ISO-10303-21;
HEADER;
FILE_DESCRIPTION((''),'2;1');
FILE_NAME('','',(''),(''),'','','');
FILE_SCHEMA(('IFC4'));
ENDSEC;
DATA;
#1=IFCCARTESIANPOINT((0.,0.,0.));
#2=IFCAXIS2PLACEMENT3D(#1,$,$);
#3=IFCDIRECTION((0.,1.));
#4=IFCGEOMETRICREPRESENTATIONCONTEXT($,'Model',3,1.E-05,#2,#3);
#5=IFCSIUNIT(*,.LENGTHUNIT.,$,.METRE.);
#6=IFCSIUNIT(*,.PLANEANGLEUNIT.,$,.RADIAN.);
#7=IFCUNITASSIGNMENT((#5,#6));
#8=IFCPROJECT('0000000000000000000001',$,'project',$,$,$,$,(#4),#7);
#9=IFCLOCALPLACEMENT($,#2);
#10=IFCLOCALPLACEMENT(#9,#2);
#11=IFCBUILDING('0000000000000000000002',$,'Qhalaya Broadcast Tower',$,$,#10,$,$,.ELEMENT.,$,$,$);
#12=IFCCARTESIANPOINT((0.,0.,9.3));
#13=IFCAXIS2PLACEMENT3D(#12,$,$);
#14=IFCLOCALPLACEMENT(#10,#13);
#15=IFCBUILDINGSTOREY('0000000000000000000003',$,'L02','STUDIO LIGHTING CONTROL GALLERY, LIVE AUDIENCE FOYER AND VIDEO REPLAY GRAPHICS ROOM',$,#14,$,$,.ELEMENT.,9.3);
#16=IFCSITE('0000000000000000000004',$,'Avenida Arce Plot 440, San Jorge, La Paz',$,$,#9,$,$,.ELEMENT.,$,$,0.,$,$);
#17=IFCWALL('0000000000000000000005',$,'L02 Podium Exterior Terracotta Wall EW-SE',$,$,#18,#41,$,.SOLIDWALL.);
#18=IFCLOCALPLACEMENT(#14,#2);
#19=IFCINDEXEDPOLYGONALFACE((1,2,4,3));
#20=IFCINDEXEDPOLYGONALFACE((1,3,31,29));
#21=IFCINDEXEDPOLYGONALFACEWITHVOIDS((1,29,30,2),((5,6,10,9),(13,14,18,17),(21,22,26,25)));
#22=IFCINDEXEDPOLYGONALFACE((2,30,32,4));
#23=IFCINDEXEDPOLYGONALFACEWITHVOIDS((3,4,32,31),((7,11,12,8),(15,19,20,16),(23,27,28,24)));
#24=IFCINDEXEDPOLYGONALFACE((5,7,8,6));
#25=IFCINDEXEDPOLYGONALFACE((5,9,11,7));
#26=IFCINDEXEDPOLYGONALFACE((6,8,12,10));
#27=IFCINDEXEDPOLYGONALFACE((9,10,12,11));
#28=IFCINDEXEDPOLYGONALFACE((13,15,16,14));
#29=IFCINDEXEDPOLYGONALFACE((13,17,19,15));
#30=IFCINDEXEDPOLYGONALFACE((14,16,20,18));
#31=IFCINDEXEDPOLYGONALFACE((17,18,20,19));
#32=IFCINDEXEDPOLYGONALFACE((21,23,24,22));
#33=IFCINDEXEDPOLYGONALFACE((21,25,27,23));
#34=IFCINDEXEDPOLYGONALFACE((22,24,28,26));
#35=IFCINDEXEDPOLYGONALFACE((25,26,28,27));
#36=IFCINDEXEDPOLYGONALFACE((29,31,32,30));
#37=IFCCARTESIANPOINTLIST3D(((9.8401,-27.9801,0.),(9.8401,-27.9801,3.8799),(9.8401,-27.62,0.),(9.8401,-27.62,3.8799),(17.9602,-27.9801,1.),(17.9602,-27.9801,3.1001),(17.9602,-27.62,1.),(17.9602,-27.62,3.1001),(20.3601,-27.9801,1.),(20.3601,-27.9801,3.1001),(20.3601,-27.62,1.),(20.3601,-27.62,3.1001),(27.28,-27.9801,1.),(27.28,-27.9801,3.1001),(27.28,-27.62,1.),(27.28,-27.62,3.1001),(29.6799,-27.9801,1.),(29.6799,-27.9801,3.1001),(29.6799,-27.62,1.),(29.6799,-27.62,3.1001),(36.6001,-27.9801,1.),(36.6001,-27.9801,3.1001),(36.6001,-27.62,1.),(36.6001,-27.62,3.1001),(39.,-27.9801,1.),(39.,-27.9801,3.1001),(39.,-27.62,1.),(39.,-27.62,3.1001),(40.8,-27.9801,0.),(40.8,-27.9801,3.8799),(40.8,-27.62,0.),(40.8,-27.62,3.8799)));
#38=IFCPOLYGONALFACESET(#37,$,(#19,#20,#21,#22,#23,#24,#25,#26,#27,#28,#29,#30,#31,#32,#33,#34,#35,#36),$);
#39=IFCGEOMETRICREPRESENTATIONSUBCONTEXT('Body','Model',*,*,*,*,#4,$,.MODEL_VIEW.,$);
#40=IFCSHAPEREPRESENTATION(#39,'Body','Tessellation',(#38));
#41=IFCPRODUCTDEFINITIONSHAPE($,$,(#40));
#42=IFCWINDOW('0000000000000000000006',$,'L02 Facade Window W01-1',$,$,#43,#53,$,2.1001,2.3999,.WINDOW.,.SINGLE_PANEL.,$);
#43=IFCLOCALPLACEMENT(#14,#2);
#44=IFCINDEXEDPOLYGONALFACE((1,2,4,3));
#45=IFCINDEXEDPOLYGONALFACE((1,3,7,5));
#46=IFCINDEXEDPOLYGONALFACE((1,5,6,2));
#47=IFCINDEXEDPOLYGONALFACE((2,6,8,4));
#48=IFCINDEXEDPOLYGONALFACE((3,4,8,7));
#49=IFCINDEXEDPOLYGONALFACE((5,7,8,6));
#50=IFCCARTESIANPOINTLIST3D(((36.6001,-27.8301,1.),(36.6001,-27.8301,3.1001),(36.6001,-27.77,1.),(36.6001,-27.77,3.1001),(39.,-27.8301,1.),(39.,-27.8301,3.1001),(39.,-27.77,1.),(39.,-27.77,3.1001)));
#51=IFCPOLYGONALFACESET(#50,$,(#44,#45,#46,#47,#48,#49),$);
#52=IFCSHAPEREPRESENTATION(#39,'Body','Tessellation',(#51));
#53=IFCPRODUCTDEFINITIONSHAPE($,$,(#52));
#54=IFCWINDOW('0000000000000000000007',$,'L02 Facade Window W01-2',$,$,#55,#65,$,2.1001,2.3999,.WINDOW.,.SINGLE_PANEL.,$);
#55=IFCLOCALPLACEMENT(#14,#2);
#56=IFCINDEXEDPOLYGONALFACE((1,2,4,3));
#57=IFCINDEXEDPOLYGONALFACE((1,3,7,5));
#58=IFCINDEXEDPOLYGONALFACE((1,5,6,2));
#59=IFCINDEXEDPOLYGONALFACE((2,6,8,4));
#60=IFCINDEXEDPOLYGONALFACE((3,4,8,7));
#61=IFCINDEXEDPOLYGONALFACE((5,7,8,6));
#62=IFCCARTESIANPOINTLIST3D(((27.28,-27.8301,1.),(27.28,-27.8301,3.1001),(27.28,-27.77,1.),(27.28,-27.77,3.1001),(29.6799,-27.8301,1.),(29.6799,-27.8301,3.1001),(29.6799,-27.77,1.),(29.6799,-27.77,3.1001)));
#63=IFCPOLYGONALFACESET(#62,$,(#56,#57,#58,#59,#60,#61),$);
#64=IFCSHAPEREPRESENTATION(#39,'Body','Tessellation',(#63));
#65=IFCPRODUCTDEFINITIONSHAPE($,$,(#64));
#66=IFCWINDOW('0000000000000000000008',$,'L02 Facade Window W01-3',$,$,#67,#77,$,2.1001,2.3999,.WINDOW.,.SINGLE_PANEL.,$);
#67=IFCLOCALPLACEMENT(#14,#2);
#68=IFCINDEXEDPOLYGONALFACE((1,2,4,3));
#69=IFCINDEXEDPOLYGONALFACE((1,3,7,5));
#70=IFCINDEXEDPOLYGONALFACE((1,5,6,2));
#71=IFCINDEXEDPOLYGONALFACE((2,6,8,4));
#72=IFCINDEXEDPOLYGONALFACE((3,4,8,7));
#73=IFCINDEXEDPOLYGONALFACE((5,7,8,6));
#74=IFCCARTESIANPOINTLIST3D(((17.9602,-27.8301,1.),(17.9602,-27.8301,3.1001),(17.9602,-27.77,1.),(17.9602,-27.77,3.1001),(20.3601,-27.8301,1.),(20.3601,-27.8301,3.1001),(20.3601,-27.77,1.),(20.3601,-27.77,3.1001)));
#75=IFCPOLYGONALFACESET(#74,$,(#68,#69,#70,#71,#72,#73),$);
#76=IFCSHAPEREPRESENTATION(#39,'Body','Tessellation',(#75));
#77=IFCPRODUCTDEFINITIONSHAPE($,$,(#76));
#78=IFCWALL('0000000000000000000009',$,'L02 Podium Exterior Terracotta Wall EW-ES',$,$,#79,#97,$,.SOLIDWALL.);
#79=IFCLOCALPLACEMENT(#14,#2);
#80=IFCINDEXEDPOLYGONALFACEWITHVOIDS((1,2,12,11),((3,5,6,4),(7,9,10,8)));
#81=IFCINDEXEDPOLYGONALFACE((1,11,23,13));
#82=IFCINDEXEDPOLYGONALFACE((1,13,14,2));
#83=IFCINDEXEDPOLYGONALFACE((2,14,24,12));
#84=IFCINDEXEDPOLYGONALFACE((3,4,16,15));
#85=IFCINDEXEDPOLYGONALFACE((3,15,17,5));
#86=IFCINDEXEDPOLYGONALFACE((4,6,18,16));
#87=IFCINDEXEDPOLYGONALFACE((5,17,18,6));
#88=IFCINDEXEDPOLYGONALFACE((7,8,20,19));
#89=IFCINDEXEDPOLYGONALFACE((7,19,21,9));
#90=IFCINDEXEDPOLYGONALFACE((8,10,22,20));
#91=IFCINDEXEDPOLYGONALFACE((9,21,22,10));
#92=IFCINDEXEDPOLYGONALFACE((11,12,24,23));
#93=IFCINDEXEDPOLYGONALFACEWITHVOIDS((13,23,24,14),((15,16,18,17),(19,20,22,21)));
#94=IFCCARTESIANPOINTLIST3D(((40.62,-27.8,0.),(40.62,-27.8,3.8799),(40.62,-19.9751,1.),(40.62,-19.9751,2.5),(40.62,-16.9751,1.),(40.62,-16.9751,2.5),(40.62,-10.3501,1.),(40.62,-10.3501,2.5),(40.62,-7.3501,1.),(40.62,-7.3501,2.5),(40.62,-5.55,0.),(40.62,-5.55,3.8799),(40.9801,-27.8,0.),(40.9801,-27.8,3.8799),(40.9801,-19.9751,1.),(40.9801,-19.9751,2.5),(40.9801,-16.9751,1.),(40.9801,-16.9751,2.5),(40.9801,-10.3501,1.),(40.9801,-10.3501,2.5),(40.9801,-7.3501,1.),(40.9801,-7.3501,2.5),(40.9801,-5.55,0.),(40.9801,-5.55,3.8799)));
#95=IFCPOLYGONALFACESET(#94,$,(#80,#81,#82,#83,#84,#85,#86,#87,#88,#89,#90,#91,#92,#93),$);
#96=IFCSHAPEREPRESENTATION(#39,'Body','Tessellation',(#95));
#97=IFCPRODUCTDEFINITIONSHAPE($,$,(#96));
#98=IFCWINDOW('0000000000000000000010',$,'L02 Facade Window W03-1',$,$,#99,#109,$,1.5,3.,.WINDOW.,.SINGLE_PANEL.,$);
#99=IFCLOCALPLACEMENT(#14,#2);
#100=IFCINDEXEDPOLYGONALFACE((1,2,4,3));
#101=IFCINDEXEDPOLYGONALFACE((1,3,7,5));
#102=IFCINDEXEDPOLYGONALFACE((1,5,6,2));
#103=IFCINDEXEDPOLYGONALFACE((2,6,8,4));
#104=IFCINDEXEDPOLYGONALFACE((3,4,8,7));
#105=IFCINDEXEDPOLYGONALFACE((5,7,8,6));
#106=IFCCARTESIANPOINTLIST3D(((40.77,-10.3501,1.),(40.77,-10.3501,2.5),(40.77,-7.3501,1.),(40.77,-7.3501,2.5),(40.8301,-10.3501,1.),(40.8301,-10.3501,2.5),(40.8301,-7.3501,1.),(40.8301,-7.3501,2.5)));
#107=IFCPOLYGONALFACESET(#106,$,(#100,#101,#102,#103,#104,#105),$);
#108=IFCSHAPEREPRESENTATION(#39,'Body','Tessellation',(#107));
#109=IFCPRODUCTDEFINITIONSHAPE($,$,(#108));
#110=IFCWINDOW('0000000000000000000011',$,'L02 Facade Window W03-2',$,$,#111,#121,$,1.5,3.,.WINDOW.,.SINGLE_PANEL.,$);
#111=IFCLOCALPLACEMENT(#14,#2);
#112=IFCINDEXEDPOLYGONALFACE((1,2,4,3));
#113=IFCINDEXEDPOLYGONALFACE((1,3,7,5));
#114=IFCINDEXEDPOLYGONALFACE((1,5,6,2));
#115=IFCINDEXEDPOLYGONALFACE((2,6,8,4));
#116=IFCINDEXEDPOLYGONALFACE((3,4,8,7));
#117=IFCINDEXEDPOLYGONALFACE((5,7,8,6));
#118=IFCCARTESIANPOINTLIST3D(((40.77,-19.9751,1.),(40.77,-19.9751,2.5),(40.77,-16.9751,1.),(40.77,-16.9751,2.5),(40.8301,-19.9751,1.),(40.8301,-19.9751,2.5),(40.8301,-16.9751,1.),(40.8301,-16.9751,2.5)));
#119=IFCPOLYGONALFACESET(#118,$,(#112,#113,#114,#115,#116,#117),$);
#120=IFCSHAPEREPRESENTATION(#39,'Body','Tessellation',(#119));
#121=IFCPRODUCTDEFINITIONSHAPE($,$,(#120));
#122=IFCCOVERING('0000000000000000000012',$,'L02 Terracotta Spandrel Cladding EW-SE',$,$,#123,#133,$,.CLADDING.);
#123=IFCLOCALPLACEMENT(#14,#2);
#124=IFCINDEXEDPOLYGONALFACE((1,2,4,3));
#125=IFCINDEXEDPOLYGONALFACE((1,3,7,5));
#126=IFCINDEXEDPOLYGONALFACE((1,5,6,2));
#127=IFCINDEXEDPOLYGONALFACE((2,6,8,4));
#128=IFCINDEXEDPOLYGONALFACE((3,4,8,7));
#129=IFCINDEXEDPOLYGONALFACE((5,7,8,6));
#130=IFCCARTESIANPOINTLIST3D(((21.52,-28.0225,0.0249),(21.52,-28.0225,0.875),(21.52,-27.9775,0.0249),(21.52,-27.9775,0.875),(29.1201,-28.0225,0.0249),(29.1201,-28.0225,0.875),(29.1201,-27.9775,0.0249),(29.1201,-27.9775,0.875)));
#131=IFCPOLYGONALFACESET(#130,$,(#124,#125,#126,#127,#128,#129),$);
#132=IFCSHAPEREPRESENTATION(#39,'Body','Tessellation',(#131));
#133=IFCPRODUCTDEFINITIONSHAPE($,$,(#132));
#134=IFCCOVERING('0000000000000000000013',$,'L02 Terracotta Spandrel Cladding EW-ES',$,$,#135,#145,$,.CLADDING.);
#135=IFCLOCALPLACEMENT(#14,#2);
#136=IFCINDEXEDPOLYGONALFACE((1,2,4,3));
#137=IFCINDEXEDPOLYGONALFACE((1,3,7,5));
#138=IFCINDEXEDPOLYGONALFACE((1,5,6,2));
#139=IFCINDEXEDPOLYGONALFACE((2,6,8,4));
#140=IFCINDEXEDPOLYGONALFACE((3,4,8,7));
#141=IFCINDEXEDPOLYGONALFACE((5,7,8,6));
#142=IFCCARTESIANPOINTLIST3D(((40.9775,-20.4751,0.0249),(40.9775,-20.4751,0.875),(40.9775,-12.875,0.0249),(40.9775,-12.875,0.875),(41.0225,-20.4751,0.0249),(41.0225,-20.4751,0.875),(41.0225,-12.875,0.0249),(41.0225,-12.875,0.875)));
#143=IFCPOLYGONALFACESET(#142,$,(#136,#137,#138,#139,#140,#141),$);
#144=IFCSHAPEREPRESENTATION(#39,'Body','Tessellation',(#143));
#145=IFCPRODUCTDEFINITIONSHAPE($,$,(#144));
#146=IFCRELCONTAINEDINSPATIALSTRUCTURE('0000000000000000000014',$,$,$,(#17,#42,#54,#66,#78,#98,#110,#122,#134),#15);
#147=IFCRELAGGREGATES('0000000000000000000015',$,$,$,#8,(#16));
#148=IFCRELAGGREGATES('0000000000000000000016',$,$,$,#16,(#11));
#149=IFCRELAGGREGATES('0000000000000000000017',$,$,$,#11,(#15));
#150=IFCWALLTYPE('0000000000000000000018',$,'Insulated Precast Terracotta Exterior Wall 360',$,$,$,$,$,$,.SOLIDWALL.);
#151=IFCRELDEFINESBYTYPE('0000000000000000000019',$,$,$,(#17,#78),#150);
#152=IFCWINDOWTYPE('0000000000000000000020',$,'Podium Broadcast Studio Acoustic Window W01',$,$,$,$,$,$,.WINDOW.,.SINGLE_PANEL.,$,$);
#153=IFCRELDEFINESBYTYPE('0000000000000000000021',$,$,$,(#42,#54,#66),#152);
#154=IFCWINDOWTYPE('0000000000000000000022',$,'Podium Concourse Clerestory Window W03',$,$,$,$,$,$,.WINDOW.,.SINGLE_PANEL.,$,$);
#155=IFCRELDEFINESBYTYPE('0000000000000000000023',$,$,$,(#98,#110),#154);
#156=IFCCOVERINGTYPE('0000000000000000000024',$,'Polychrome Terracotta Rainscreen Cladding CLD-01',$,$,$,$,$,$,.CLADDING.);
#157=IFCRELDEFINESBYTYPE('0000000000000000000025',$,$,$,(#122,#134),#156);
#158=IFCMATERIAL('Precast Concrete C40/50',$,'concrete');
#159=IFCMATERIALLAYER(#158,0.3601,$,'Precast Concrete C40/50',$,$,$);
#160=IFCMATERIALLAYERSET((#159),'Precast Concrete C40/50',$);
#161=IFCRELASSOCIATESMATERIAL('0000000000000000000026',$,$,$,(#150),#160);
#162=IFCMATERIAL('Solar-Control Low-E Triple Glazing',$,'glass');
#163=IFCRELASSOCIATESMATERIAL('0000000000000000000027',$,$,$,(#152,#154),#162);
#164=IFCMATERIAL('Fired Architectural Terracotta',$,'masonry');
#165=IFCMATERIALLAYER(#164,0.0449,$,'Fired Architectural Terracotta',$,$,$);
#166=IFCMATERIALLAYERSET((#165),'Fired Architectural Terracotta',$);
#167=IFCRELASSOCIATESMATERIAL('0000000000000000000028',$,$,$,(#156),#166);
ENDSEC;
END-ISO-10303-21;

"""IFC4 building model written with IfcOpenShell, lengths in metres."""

from ifc_helpers import new_model, si_unit, direction, frame, frame_2d, origin, origin_2d, place, context, subcontext, project, spatial, rectangle, extrude, material, layer, layer_set, type_object, element, fill, save


model = new_model("IFC4")

# Units and contexts
model_context = context("Model", 3, precision=1e-05, world=origin(), true_north=direction((0.0, 1.0)))
body_context = subcontext(model_context, "Body", "Model", "MODEL_VIEW")
ifc_project = project(units=[si_unit("LENGTHUNIT", "METRE"), si_unit("PLANEANGLEUNIT", "RADIAN")], contexts=[model_context])

# Site, building, storey
site_placement = place(None, origin())
site = spatial("IfcSite", under=ifc_project, at=site_placement, Name="Avenida Arce Plot 440, San Jorge, La Paz", CompositionType="ELEMENT", RefElevation=0.0)
building_placement = place(site_placement, origin())
building = spatial("IfcBuilding", under=site, at=building_placement, Name="Qhalaya Broadcast Tower", CompositionType="ELEMENT")
storey_placement = place(building_placement, frame((0.0, 0.0, 9.3)))
storey = spatial("IfcBuildingStorey", under=building, at=storey_placement, Name="L02", Description="STUDIO LIGHTING CONTROL GALLERY, LIVE AUDIENCE FOYER AND VIDEO REPLAY GRAPHICS ROOM", CompositionType="ELEMENT", Elevation=9.3)

# Walls, openings, windows
ifc_material_1 = material(Name="Precast Concrete C40/50", Category="concrete")
ifc_layer_1 = layer(ifc_material_1, 0.3601, Name="Precast Concrete C40/50")
ifc_layer_set_1 = layer_set([ifc_layer_1], Name="Precast Concrete C40/50")
wall_type_1 = type_object("IfcWallType", Name="Insulated Precast Terracotta Exterior Wall 360", PredefinedType="SOLIDWALL", material=ifc_layer_set_1)
wall_1_placement = place(storey_placement, frame((40.8, -27.8, 0.0), z_axis=(0.0, 0.0, 1.0), x_axis=(-1.0, 0.0, 0.0)))
wall_1 = element("IfcWall", 1, at=wall_1_placement, inside=storey, type_object=wall_type_1, Name="L02 Podium Exterior Terracotta Wall EW-SE", PredefinedType="SOLIDWALL", context=body_context, shape_type="SweptSolid", body=[
    extrude(rectangle(XDim=30.96, YDim=0.3601, at=frame_2d((15.48, 0.0))), origin(), (0.0, 0.0, 1.0), 3.8799),
])
opening_1_placement = place(wall_1_placement, frame((1.8, 0.0, 1.0)))
opening_1 = element("IfcOpeningElement", 2, at=opening_1_placement, cuts=wall_1, PredefinedType="OPENING", context=body_context, shape_type="SweptSolid", body=[
    extrude(rectangle(XDim=2.3999, YDim=2.1001, at=frame_2d((1.2, 1.05))), frame((0.0, 0.1921, 0.0), z_axis=(0.0, -1.0, 0.0), x_axis=(1.0, 0.0, 0.0)), (0.0, 0.0, 1.0), 0.384),
])
opening_2_placement = place(wall_1_placement, frame((11.1201, 0.0, 1.0)))
opening_2 = element("IfcOpeningElement", 3, at=opening_2_placement, cuts=wall_1, PredefinedType="OPENING", context=body_context, shape_type="SweptSolid", body=[
    extrude(rectangle(XDim=2.3999, YDim=2.1001, at=frame_2d((1.2, 1.05))), frame((0.0, 0.1921, 0.0), z_axis=(0.0, -1.0, 0.0), x_axis=(1.0, 0.0, 0.0)), (0.0, 0.0, 1.0), 0.384),
])
opening_3_placement = place(wall_1_placement, frame((20.4399, 0.0, 1.0)))
opening_3 = element("IfcOpeningElement", 4, at=opening_3_placement, cuts=wall_1, PredefinedType="OPENING", context=body_context, shape_type="SweptSolid", body=[
    extrude(rectangle(XDim=2.3999, YDim=2.1001, at=frame_2d((1.2, 1.05))), frame((0.0, 0.1921, 0.0), z_axis=(0.0, -1.0, 0.0), x_axis=(1.0, 0.0, 0.0)), (0.0, 0.0, 1.0), 0.384),
])
ifc_material_2 = material(Name="Solar-Control Low-E Triple Glazing", Category="glass")
window_type_1 = type_object("IfcWindowType", Name="Podium Broadcast Studio Acoustic Window W01", PartitioningType="SINGLE_PANEL", PredefinedType="WINDOW", material=ifc_material_2)
window_1_placement = place(opening_1_placement, origin())
window_1 = element("IfcWindow", 5, at=window_1_placement, inside=storey, type_object=window_type_1, Name="L02 Facade Window W01-1", OverallHeight=2.1001, OverallWidth=2.3999, PartitioningType="SINGLE_PANEL", PredefinedType="WINDOW", context=body_context, shape_type="SweptSolid", body=[
    extrude(rectangle(XDim=2.3999, YDim=2.1001, at=frame_2d((1.2, 1.05))), frame((0.0, 0.03, 0.0), z_axis=(0.0, -1.0, 0.0), x_axis=(1.0, 0.0, 0.0)), (0.0, 0.0, 1.0), 0.0601),
])
fill(opening_1, window_1)
window_2_placement = place(opening_2_placement, origin())
window_2 = element("IfcWindow", 6, at=window_2_placement, inside=storey, type_object=window_type_1, Name="L02 Facade Window W01-2", OverallHeight=2.1001, OverallWidth=2.3999, PartitioningType="SINGLE_PANEL", PredefinedType="WINDOW", context=body_context, shape_type="SweptSolid", body=[
    extrude(rectangle(XDim=2.3999, YDim=2.1001, at=frame_2d((1.2, 1.05))), frame((0.0, 0.03, 0.0), z_axis=(0.0, -1.0, 0.0), x_axis=(1.0, 0.0, 0.0)), (0.0, 0.0, 1.0), 0.0601),
])
fill(opening_2, window_2)
window_3_placement = place(opening_3_placement, origin())
window_3 = element("IfcWindow", 7, at=window_3_placement, inside=storey, type_object=window_type_1, Name="L02 Facade Window W01-3", OverallHeight=2.1001, OverallWidth=2.3999, PartitioningType="SINGLE_PANEL", PredefinedType="WINDOW", context=body_context, shape_type="SweptSolid", body=[
    extrude(rectangle(XDim=2.3999, YDim=2.1001, at=frame_2d((1.2, 1.05))), frame((0.0, 0.03, 0.0), z_axis=(0.0, -1.0, 0.0), x_axis=(1.0, 0.0, 0.0)), (0.0, 0.0, 1.0), 0.0601),
])
fill(opening_3, window_3)
wall_2_placement = place(storey_placement, frame((40.8, -5.55, 0.0), z_axis=(0.0, 0.0, 1.0), x_axis=(0.0, -1.0, 0.0)))
wall_2 = element("IfcWall", 8, at=wall_2_placement, inside=storey, type_object=wall_type_1, Name="L02 Podium Exterior Terracotta Wall EW-ES", PredefinedType="SOLIDWALL", context=body_context, shape_type="SweptSolid", body=[
    extrude(rectangle(XDim=22.25, YDim=0.3601, at=frame_2d((11.125, 0.0))), origin(), (0.0, 0.0, 1.0), 3.8799),
])
opening_4_placement = place(wall_2_placement, frame((1.8, 0.0, 1.0)))
opening_4 = element("IfcOpeningElement", 9, at=opening_4_placement, cuts=wall_2, PredefinedType="OPENING", context=body_context, shape_type="SweptSolid", body=[
    extrude(rectangle(XDim=3.0, YDim=1.5, at=frame_2d((1.5, 0.75))), frame((0.0, 0.1921, 0.0), z_axis=(0.0, -1.0, 0.0), x_axis=(1.0, 0.0, 0.0)), (0.0, 0.0, 1.0), 0.384),
])
opening_5_placement = place(wall_2_placement, frame((11.425, 0.0, 1.0)))
opening_5 = element("IfcOpeningElement", 10, at=opening_5_placement, cuts=wall_2, PredefinedType="OPENING", context=body_context, shape_type="SweptSolid", body=[
    extrude(rectangle(XDim=3.0, YDim=1.5, at=frame_2d((1.5, 0.75))), frame((0.0, 0.1921, 0.0), z_axis=(0.0, -1.0, 0.0), x_axis=(1.0, 0.0, 0.0)), (0.0, 0.0, 1.0), 0.384),
])
window_type_2 = type_object("IfcWindowType", Name="Podium Concourse Clerestory Window W03", PartitioningType="SINGLE_PANEL", PredefinedType="WINDOW", material=ifc_material_2)
window_4_placement = place(opening_4_placement, origin())
window_4 = element("IfcWindow", 11, at=window_4_placement, inside=storey, type_object=window_type_2, Name="L02 Facade Window W03-1", OverallHeight=1.5, OverallWidth=3.0, PartitioningType="SINGLE_PANEL", PredefinedType="WINDOW", context=body_context, shape_type="SweptSolid", body=[
    extrude(rectangle(XDim=3.0, YDim=1.5, at=frame_2d((1.5, 0.75))), frame((0.0, 0.03, 0.0), z_axis=(0.0, -1.0, 0.0), x_axis=(1.0, 0.0, 0.0)), (0.0, 0.0, 1.0), 0.0601),
])
fill(opening_4, window_4)
window_5_placement = place(opening_5_placement, origin())
window_5 = element("IfcWindow", 12, at=window_5_placement, inside=storey, type_object=window_type_2, Name="L02 Facade Window W03-2", OverallHeight=1.5, OverallWidth=3.0, PartitioningType="SINGLE_PANEL", PredefinedType="WINDOW", context=body_context, shape_type="SweptSolid", body=[
    extrude(rectangle(XDim=3.0, YDim=1.5, at=frame_2d((1.5, 0.75))), frame((0.0, 0.03, 0.0), z_axis=(0.0, -1.0, 0.0), x_axis=(1.0, 0.0, 0.0)), (0.0, 0.0, 1.0), 0.0601),
])
fill(opening_5, window_5)

# Coverings
ifc_material_3 = material(Name="Fired Architectural Terracotta", Category="masonry")
ifc_layer_2 = layer(ifc_material_3, 0.0449, Name="Fired Architectural Terracotta")
ifc_layer_set_2 = layer_set([ifc_layer_2], Name="Fired Architectural Terracotta")
covering_type = type_object("IfcCoveringType", Name="Polychrome Terracotta Rainscreen Cladding CLD-01", PredefinedType="CLADDING", material=ifc_layer_set_2)
for number, where, z_axis, x_axis, name in (
    (13, (25.3201, -28.0, 0.0249), (0.0, 0.0, 1.0), (-1.0, 0.0, 0.0), "L02 Terracotta Spandrel Cladding EW-SE"),
    (14, (41.0, -16.675, 0.0249), (0.0, 0.0, 1.0), (0.0, -1.0, 0.0), "L02 Terracotta Spandrel Cladding EW-ES"),
):
    element("IfcCovering", number, at=place(storey_placement, frame(where, z_axis=z_axis, x_axis=x_axis)), inside=storey, type_object=covering_type, Name=name, PredefinedType="CLADDING", context=body_context, shape_type="SweptSolid", body=[
        extrude(rectangle(XDim=7.6001, YDim=0.0449, at=origin_2d()), origin(), (0.0, 0.0, 1.0), 0.8501),
    ])

save(model, "model.ifc")
